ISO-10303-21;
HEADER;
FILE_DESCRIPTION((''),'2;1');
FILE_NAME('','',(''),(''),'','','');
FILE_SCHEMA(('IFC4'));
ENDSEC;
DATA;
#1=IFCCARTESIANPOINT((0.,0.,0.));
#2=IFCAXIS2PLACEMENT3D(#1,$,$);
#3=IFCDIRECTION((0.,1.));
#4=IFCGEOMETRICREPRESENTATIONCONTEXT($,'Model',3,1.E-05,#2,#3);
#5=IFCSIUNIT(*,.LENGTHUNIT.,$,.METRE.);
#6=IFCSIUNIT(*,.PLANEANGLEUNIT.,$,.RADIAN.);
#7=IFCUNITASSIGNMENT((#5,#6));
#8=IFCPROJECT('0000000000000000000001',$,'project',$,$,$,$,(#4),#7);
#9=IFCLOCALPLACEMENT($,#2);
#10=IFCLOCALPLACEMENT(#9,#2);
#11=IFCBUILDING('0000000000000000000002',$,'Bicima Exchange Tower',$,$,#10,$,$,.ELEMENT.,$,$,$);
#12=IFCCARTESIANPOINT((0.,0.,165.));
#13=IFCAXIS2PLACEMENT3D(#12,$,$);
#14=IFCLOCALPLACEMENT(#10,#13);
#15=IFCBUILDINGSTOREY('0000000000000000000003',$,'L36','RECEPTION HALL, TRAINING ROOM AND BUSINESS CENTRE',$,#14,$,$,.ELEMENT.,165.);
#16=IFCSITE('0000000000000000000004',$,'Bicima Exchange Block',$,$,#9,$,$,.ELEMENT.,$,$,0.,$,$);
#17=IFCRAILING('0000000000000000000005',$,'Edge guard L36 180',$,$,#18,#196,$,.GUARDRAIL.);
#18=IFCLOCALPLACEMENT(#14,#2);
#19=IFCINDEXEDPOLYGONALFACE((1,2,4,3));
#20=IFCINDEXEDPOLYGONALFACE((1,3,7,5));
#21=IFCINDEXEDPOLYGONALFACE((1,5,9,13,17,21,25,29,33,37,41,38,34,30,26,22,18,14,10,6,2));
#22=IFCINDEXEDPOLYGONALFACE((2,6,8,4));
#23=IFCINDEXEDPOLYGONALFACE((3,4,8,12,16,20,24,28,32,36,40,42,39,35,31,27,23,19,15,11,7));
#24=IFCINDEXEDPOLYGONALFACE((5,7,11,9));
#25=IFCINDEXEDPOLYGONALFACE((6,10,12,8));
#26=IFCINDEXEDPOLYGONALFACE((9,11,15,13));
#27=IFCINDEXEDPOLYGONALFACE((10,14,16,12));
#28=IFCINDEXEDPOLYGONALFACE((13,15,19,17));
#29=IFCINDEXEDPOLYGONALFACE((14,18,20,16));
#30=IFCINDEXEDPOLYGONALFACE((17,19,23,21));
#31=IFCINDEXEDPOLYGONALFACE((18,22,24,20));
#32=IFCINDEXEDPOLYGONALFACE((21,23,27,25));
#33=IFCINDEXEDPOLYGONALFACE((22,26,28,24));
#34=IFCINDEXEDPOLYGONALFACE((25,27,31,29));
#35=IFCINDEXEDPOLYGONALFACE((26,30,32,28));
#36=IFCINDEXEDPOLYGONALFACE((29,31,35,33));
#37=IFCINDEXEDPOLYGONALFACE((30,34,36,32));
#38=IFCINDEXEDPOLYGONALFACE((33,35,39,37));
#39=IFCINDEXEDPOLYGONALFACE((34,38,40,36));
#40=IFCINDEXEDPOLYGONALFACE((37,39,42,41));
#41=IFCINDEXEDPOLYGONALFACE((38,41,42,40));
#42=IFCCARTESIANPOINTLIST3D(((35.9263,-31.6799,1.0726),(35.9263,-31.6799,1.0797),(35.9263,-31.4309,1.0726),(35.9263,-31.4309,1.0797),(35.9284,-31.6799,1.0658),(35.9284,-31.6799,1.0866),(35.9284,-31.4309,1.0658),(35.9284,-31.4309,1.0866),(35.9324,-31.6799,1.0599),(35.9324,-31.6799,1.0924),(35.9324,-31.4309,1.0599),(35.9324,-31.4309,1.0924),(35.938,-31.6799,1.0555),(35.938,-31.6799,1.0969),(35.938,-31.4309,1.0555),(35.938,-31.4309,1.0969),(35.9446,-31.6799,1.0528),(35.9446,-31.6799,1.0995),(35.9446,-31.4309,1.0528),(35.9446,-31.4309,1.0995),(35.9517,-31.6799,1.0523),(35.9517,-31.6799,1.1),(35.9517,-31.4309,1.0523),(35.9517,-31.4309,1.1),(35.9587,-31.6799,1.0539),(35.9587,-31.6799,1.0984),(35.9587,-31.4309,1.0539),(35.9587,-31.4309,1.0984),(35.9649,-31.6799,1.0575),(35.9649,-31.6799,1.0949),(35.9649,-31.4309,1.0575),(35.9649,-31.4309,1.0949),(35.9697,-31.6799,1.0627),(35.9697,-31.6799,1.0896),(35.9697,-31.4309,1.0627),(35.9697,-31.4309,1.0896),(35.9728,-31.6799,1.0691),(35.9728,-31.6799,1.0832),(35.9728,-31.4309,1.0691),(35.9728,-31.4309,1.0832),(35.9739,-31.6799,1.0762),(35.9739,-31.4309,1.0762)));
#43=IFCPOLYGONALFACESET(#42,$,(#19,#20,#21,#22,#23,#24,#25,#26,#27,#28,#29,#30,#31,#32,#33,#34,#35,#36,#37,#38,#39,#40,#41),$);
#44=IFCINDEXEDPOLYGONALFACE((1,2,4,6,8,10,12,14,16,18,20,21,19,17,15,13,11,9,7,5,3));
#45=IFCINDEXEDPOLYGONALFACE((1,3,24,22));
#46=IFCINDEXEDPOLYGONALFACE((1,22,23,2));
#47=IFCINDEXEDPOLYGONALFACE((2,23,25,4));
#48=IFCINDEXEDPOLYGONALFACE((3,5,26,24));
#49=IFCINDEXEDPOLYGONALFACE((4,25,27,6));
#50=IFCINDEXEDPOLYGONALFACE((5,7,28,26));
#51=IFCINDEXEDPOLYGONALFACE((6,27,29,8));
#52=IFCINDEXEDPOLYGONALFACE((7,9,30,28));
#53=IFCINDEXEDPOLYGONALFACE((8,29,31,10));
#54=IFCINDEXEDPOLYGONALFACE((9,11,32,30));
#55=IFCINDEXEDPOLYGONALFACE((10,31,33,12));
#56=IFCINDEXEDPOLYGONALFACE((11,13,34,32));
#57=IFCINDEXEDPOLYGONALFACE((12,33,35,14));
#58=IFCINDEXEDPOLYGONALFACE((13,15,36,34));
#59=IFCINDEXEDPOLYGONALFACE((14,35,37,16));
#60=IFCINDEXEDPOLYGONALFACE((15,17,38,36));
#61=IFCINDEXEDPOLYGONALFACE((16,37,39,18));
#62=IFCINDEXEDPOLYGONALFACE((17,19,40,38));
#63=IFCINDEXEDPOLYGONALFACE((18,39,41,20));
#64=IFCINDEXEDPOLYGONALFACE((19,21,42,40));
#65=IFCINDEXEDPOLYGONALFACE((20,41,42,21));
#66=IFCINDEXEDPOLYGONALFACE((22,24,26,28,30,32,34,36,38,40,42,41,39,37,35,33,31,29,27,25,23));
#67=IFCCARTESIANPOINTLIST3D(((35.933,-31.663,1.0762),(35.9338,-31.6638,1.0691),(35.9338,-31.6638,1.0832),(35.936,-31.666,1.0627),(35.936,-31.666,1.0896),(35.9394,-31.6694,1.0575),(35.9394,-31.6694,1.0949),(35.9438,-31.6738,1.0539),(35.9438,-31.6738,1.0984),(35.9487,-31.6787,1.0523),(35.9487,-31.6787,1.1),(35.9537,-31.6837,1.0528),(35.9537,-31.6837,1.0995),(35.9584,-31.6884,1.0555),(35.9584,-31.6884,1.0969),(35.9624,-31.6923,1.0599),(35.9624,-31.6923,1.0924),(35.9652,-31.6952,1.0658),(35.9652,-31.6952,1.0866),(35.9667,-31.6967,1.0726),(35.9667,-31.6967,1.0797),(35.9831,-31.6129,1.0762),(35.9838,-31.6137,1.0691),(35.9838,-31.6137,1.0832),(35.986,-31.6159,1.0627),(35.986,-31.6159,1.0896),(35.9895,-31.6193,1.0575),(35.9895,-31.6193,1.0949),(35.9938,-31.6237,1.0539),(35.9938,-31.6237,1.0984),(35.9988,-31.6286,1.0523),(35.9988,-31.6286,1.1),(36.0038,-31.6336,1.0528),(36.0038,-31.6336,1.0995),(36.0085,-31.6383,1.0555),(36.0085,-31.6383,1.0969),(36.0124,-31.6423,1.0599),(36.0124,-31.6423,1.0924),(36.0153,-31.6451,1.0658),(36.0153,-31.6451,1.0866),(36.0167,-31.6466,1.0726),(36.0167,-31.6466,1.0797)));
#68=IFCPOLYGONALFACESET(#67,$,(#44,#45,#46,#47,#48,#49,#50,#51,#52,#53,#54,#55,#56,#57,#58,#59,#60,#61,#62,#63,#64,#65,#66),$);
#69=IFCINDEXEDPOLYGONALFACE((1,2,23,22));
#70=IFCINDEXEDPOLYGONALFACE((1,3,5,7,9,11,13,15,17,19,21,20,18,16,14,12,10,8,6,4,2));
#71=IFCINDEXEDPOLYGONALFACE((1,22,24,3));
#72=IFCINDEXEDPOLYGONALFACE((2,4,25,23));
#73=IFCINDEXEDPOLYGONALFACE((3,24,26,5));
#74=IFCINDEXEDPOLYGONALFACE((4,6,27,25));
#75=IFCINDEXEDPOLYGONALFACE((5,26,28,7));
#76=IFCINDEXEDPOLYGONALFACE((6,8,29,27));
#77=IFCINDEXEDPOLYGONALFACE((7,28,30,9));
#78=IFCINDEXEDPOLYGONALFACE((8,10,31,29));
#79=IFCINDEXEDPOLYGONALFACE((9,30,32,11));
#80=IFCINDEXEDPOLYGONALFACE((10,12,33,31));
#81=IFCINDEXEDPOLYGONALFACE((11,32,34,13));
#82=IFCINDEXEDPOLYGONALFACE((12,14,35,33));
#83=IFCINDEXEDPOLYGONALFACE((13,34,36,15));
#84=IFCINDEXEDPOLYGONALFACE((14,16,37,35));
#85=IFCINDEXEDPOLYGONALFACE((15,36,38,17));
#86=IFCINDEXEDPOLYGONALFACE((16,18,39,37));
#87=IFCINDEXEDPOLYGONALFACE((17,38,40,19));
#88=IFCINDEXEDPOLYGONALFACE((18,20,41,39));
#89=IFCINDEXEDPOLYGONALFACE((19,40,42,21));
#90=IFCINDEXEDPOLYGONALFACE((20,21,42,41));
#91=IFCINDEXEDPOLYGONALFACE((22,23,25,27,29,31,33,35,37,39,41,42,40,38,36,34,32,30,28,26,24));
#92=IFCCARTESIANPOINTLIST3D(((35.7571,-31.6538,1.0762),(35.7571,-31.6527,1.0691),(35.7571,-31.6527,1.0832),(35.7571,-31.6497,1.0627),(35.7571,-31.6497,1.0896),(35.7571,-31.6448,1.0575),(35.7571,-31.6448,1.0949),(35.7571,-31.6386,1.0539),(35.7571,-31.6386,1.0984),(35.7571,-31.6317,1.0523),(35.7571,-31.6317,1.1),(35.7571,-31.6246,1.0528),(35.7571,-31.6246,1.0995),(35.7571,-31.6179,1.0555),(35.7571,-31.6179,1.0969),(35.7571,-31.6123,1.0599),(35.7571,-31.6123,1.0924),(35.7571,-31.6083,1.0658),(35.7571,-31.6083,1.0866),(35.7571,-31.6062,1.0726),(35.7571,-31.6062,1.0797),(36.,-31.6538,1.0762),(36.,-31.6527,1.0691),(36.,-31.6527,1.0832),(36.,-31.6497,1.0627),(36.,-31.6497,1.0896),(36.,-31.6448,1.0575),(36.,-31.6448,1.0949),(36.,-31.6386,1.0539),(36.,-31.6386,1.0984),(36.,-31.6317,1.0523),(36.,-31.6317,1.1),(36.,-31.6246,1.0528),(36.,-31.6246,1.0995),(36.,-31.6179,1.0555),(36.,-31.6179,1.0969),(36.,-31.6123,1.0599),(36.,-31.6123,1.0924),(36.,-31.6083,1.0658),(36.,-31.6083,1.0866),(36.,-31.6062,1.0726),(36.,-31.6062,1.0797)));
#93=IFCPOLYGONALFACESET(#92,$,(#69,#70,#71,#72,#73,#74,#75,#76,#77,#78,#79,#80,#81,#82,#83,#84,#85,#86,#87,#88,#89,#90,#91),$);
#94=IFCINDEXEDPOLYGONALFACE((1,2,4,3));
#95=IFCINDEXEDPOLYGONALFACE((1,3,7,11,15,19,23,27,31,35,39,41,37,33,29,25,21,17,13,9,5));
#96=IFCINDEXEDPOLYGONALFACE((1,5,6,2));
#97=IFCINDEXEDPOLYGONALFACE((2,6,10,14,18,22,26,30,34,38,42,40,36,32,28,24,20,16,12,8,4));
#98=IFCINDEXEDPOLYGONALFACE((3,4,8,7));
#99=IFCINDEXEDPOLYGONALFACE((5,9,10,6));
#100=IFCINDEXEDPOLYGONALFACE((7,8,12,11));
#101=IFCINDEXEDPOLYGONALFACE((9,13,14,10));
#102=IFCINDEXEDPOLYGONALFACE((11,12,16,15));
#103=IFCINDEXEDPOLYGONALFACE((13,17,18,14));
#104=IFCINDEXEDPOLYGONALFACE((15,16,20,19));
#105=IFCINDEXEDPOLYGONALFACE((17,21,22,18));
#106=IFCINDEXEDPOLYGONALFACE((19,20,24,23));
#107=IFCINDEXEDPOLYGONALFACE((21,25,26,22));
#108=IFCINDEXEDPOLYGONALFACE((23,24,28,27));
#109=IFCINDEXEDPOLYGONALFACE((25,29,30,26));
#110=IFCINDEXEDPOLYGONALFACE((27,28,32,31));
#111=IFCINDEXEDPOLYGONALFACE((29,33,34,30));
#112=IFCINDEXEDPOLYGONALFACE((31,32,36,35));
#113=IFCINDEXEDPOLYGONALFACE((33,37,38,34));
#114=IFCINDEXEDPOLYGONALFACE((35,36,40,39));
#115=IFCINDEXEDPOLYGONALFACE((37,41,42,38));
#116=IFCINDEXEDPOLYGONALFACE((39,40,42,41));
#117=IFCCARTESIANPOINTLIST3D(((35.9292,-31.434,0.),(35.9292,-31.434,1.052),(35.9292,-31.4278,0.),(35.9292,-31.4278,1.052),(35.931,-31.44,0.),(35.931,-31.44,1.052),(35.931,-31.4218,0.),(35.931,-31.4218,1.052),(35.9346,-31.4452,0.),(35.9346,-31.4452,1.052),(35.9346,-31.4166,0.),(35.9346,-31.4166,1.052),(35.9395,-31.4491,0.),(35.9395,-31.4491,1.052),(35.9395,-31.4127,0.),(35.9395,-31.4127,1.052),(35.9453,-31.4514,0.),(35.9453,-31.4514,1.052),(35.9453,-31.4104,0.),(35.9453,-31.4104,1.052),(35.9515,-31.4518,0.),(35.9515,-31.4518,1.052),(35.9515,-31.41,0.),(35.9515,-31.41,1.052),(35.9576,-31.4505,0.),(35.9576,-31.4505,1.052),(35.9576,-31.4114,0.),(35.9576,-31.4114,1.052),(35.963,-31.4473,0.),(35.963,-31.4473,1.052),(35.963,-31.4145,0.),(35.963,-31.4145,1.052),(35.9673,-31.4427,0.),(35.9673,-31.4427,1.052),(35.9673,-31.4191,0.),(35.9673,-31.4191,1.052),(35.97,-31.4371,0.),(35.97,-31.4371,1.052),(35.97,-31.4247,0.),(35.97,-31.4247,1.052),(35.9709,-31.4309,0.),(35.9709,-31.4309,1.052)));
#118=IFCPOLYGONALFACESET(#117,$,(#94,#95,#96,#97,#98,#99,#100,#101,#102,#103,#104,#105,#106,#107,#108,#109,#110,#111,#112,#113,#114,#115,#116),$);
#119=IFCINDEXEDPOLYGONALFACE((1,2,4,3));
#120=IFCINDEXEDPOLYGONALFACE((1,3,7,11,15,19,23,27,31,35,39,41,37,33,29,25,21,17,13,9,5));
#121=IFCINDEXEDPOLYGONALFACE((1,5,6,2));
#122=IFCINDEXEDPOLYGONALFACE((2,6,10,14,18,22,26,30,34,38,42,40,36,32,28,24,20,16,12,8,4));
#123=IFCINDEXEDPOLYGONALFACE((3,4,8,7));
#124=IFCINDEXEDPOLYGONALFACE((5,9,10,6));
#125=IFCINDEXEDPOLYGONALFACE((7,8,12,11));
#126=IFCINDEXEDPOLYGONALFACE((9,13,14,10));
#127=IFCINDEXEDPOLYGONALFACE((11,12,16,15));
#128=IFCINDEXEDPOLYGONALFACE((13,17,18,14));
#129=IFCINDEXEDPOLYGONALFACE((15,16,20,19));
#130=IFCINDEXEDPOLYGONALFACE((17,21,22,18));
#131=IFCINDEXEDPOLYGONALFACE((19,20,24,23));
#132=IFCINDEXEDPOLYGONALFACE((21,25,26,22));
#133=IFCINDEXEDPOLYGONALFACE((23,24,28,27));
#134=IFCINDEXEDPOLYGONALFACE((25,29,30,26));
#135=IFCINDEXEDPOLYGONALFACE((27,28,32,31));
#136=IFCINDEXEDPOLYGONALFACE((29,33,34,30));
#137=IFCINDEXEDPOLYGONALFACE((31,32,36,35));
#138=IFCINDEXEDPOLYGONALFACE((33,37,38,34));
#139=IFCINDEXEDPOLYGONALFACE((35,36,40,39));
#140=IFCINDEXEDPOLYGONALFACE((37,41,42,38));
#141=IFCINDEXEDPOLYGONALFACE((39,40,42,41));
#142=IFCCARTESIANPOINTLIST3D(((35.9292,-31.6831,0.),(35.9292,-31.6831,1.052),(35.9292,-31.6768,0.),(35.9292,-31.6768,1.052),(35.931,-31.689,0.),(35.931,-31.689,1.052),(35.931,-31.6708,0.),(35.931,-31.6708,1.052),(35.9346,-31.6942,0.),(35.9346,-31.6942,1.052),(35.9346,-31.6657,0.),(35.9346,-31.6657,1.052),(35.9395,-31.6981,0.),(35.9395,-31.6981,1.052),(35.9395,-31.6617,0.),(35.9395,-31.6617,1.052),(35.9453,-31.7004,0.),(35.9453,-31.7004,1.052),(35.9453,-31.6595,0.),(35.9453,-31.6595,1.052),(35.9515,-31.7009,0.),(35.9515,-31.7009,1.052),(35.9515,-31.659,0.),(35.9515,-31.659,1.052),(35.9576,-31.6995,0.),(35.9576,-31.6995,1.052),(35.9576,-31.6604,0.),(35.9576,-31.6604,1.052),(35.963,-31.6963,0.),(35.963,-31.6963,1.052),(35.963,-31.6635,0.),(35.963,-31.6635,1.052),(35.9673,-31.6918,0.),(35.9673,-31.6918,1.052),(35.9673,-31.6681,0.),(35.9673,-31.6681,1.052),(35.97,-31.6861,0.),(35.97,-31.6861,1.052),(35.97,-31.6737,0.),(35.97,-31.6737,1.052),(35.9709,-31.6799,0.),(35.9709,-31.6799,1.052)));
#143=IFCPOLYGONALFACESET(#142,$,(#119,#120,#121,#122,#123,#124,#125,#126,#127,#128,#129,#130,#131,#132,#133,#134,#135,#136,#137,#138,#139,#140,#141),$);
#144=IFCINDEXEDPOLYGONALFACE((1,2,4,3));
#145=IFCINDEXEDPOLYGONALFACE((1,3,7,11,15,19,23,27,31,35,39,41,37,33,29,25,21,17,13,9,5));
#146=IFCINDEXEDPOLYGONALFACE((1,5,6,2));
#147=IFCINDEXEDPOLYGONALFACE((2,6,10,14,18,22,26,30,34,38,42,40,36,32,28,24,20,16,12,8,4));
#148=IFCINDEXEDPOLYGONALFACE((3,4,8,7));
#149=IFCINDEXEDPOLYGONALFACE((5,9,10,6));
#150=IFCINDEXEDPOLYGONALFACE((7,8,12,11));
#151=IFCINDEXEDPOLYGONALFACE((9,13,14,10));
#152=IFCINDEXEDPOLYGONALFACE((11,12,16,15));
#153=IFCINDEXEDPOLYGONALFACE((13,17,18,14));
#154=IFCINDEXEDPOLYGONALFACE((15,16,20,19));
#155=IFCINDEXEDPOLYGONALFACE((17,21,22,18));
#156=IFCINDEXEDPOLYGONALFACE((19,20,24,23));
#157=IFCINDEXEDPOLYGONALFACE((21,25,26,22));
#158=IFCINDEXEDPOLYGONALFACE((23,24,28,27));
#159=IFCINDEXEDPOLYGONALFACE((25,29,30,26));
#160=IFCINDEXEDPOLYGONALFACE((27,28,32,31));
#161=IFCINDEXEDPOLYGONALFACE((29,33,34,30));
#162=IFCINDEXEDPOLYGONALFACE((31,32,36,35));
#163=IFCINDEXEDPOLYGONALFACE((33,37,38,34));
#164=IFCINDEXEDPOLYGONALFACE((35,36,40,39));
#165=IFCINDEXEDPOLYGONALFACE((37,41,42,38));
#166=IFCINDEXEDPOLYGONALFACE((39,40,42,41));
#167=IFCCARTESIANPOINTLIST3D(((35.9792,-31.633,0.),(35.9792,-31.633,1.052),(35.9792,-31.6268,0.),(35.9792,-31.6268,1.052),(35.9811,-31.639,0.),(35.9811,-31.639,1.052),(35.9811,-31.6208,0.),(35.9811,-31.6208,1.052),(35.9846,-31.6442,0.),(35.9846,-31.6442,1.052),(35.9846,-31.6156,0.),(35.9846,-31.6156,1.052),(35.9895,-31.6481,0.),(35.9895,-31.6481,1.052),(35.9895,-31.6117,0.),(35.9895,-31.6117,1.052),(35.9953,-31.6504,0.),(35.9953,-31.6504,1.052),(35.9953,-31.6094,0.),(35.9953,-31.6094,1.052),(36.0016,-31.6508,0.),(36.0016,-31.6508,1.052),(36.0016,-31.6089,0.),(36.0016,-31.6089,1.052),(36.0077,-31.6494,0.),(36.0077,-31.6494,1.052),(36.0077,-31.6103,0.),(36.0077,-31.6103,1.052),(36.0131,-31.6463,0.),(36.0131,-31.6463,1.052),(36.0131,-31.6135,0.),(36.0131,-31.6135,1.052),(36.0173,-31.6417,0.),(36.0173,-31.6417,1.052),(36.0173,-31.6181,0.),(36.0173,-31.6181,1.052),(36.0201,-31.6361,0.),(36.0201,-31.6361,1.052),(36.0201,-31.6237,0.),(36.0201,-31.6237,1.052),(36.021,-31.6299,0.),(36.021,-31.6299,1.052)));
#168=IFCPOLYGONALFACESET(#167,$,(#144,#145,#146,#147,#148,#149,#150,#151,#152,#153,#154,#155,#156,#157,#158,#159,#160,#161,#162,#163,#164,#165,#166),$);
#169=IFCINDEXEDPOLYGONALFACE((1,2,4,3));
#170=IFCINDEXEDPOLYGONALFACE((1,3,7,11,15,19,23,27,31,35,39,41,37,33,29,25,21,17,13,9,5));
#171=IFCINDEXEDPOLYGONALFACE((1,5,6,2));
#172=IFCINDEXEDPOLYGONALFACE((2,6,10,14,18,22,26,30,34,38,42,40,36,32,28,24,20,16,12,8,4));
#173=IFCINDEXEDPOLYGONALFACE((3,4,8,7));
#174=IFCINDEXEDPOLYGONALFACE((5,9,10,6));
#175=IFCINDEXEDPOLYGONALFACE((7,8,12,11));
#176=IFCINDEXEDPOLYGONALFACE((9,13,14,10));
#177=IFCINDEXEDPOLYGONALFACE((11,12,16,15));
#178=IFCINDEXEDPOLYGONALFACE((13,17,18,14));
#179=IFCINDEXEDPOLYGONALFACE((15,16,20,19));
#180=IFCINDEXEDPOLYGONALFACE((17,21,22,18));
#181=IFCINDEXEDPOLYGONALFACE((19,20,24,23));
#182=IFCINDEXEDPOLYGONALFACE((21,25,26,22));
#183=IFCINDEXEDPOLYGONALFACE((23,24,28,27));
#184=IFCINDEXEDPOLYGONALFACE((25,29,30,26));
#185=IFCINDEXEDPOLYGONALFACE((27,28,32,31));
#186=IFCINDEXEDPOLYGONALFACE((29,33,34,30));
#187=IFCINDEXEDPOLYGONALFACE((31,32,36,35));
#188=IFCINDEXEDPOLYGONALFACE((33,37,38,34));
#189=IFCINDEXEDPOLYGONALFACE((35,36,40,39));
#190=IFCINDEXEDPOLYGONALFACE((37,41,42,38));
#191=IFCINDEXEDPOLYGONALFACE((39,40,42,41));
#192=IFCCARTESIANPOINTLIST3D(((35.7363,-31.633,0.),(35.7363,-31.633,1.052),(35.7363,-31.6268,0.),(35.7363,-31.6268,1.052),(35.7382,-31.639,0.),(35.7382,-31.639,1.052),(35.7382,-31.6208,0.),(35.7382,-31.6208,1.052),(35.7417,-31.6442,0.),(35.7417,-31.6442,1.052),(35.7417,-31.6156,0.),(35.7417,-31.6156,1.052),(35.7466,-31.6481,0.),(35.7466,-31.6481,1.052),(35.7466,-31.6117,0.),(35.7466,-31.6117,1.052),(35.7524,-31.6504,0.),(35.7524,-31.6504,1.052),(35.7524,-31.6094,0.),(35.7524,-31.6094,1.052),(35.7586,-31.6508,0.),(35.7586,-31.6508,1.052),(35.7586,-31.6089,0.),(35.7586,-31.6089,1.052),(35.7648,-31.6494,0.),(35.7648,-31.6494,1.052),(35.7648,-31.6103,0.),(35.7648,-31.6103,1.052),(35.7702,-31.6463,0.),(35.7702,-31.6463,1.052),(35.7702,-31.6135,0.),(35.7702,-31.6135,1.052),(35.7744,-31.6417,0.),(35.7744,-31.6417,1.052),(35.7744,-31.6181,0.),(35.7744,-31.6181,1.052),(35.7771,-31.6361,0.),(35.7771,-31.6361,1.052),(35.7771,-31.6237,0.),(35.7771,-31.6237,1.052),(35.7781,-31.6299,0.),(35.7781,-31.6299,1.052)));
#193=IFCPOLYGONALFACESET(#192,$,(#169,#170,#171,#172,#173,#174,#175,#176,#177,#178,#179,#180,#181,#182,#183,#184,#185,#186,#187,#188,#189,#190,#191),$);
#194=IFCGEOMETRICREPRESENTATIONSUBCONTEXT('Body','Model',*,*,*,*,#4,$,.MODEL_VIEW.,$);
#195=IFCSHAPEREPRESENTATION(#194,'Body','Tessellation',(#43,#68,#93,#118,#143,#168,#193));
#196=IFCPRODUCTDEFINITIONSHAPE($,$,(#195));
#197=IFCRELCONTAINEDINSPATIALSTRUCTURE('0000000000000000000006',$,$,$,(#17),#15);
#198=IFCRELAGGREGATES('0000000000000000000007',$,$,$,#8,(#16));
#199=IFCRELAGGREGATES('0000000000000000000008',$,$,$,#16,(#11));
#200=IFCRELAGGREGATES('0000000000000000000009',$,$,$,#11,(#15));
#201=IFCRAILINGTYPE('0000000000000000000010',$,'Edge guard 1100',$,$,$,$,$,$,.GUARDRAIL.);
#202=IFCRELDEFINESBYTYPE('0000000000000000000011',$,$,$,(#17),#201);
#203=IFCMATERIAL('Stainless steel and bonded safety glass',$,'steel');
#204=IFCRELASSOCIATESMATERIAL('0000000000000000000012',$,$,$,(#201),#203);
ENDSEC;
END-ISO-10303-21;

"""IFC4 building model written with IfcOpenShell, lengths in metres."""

from ifc_helpers import new_model, si_unit, direction, frame, origin, origin_2d, place, context, subcontext, project, spatial, circle, extrude, material, type_object, element, save


model = new_model("IFC4")

# Units and contexts
model_context = context("Model", 3, precision=1e-05, world=origin(), true_north=direction((0.0, 1.0)))
body_context = subcontext(model_context, "Body", "Model", "MODEL_VIEW")
ifc_project = project(units=[si_unit("LENGTHUNIT", "METRE"), si_unit("PLANEANGLEUNIT", "RADIAN")], contexts=[model_context])

# Site, building, storey
site_placement = place(None, origin())
site = spatial("IfcSite", under=ifc_project, at=site_placement, Name="Bicima Exchange Block", CompositionType="ELEMENT", RefElevation=0.0)
building_placement = place(site_placement, origin())
building = spatial("IfcBuilding", under=site, at=building_placement, Name="Bicima Exchange Tower", CompositionType="ELEMENT")
storey_placement = place(building_placement, frame((0.0, 0.0, 165.0)))
storey = spatial("IfcBuildingStorey", under=building, at=storey_placement, Name="L36", Description="RECEPTION HALL, TRAINING ROOM AND BUSINESS CENTRE", CompositionType="ELEMENT", Elevation=165.0)

# Railing
ifc_material_1 = material(Name="Stainless steel and bonded safety glass", Category="steel")
railing_type = type_object("IfcRailingType", Name="Edge guard 1100", PredefinedType="GUARDRAIL", material=ifc_material_1)
railing_placement = place(storey_placement, frame((35.95, -31.4309, 0.0)))
element("IfcRailing", 1, at=railing_placement, inside=storey, type_object=railing_type, Name="Edge guard L36 180", PredefinedType="GUARDRAIL", context=body_context, shape_type="SweptSolid", body=[
    extrude(circle(Radius=0.0239, at=origin_2d()), frame((0.0, 0.0, 1.0762), z_axis=(0.0, -1.0, 0.0), x_axis=(1.0, 0.0, 0.0)), (0.0, 0.0, 1.0), 0.249),
    extrude(circle(Radius=0.0239, at=origin_2d()), frame((0.0, -0.249, 1.0762), z_axis=(0.707107, 0.707107, 0.0), x_axis=(-0.707107, 0.707107, 0.0)), (0.0, 0.0, 1.0), 0.0708),
    extrude(circle(Radius=0.0239, at=origin_2d()), frame((0.05, -0.199, 1.0762), z_axis=(-1.0, 0.0, 0.0), x_axis=(0.0, -1.0, 0.0)), (0.0, 0.0, 1.0), 0.2429),
    extrude(circle(Radius=0.021, at=origin_2d()), origin(), (0.0, 0.0, 1.0), 1.052),
    extrude(circle(Radius=0.021, at=origin_2d()), frame((0.0, -0.249, 0.0)), (0.0, 0.0, 1.0), 1.052),
    extrude(circle(Radius=0.021, at=origin_2d()), frame((0.05, -0.199, 0.0)), (0.0, 0.0, 1.0), 1.052),
    extrude(circle(Radius=0.021, at=origin_2d()), frame((-0.1929, -0.199, 0.0)), (0.0, 0.0, 1.0), 1.052),
])

save(model, "model.ifc")
